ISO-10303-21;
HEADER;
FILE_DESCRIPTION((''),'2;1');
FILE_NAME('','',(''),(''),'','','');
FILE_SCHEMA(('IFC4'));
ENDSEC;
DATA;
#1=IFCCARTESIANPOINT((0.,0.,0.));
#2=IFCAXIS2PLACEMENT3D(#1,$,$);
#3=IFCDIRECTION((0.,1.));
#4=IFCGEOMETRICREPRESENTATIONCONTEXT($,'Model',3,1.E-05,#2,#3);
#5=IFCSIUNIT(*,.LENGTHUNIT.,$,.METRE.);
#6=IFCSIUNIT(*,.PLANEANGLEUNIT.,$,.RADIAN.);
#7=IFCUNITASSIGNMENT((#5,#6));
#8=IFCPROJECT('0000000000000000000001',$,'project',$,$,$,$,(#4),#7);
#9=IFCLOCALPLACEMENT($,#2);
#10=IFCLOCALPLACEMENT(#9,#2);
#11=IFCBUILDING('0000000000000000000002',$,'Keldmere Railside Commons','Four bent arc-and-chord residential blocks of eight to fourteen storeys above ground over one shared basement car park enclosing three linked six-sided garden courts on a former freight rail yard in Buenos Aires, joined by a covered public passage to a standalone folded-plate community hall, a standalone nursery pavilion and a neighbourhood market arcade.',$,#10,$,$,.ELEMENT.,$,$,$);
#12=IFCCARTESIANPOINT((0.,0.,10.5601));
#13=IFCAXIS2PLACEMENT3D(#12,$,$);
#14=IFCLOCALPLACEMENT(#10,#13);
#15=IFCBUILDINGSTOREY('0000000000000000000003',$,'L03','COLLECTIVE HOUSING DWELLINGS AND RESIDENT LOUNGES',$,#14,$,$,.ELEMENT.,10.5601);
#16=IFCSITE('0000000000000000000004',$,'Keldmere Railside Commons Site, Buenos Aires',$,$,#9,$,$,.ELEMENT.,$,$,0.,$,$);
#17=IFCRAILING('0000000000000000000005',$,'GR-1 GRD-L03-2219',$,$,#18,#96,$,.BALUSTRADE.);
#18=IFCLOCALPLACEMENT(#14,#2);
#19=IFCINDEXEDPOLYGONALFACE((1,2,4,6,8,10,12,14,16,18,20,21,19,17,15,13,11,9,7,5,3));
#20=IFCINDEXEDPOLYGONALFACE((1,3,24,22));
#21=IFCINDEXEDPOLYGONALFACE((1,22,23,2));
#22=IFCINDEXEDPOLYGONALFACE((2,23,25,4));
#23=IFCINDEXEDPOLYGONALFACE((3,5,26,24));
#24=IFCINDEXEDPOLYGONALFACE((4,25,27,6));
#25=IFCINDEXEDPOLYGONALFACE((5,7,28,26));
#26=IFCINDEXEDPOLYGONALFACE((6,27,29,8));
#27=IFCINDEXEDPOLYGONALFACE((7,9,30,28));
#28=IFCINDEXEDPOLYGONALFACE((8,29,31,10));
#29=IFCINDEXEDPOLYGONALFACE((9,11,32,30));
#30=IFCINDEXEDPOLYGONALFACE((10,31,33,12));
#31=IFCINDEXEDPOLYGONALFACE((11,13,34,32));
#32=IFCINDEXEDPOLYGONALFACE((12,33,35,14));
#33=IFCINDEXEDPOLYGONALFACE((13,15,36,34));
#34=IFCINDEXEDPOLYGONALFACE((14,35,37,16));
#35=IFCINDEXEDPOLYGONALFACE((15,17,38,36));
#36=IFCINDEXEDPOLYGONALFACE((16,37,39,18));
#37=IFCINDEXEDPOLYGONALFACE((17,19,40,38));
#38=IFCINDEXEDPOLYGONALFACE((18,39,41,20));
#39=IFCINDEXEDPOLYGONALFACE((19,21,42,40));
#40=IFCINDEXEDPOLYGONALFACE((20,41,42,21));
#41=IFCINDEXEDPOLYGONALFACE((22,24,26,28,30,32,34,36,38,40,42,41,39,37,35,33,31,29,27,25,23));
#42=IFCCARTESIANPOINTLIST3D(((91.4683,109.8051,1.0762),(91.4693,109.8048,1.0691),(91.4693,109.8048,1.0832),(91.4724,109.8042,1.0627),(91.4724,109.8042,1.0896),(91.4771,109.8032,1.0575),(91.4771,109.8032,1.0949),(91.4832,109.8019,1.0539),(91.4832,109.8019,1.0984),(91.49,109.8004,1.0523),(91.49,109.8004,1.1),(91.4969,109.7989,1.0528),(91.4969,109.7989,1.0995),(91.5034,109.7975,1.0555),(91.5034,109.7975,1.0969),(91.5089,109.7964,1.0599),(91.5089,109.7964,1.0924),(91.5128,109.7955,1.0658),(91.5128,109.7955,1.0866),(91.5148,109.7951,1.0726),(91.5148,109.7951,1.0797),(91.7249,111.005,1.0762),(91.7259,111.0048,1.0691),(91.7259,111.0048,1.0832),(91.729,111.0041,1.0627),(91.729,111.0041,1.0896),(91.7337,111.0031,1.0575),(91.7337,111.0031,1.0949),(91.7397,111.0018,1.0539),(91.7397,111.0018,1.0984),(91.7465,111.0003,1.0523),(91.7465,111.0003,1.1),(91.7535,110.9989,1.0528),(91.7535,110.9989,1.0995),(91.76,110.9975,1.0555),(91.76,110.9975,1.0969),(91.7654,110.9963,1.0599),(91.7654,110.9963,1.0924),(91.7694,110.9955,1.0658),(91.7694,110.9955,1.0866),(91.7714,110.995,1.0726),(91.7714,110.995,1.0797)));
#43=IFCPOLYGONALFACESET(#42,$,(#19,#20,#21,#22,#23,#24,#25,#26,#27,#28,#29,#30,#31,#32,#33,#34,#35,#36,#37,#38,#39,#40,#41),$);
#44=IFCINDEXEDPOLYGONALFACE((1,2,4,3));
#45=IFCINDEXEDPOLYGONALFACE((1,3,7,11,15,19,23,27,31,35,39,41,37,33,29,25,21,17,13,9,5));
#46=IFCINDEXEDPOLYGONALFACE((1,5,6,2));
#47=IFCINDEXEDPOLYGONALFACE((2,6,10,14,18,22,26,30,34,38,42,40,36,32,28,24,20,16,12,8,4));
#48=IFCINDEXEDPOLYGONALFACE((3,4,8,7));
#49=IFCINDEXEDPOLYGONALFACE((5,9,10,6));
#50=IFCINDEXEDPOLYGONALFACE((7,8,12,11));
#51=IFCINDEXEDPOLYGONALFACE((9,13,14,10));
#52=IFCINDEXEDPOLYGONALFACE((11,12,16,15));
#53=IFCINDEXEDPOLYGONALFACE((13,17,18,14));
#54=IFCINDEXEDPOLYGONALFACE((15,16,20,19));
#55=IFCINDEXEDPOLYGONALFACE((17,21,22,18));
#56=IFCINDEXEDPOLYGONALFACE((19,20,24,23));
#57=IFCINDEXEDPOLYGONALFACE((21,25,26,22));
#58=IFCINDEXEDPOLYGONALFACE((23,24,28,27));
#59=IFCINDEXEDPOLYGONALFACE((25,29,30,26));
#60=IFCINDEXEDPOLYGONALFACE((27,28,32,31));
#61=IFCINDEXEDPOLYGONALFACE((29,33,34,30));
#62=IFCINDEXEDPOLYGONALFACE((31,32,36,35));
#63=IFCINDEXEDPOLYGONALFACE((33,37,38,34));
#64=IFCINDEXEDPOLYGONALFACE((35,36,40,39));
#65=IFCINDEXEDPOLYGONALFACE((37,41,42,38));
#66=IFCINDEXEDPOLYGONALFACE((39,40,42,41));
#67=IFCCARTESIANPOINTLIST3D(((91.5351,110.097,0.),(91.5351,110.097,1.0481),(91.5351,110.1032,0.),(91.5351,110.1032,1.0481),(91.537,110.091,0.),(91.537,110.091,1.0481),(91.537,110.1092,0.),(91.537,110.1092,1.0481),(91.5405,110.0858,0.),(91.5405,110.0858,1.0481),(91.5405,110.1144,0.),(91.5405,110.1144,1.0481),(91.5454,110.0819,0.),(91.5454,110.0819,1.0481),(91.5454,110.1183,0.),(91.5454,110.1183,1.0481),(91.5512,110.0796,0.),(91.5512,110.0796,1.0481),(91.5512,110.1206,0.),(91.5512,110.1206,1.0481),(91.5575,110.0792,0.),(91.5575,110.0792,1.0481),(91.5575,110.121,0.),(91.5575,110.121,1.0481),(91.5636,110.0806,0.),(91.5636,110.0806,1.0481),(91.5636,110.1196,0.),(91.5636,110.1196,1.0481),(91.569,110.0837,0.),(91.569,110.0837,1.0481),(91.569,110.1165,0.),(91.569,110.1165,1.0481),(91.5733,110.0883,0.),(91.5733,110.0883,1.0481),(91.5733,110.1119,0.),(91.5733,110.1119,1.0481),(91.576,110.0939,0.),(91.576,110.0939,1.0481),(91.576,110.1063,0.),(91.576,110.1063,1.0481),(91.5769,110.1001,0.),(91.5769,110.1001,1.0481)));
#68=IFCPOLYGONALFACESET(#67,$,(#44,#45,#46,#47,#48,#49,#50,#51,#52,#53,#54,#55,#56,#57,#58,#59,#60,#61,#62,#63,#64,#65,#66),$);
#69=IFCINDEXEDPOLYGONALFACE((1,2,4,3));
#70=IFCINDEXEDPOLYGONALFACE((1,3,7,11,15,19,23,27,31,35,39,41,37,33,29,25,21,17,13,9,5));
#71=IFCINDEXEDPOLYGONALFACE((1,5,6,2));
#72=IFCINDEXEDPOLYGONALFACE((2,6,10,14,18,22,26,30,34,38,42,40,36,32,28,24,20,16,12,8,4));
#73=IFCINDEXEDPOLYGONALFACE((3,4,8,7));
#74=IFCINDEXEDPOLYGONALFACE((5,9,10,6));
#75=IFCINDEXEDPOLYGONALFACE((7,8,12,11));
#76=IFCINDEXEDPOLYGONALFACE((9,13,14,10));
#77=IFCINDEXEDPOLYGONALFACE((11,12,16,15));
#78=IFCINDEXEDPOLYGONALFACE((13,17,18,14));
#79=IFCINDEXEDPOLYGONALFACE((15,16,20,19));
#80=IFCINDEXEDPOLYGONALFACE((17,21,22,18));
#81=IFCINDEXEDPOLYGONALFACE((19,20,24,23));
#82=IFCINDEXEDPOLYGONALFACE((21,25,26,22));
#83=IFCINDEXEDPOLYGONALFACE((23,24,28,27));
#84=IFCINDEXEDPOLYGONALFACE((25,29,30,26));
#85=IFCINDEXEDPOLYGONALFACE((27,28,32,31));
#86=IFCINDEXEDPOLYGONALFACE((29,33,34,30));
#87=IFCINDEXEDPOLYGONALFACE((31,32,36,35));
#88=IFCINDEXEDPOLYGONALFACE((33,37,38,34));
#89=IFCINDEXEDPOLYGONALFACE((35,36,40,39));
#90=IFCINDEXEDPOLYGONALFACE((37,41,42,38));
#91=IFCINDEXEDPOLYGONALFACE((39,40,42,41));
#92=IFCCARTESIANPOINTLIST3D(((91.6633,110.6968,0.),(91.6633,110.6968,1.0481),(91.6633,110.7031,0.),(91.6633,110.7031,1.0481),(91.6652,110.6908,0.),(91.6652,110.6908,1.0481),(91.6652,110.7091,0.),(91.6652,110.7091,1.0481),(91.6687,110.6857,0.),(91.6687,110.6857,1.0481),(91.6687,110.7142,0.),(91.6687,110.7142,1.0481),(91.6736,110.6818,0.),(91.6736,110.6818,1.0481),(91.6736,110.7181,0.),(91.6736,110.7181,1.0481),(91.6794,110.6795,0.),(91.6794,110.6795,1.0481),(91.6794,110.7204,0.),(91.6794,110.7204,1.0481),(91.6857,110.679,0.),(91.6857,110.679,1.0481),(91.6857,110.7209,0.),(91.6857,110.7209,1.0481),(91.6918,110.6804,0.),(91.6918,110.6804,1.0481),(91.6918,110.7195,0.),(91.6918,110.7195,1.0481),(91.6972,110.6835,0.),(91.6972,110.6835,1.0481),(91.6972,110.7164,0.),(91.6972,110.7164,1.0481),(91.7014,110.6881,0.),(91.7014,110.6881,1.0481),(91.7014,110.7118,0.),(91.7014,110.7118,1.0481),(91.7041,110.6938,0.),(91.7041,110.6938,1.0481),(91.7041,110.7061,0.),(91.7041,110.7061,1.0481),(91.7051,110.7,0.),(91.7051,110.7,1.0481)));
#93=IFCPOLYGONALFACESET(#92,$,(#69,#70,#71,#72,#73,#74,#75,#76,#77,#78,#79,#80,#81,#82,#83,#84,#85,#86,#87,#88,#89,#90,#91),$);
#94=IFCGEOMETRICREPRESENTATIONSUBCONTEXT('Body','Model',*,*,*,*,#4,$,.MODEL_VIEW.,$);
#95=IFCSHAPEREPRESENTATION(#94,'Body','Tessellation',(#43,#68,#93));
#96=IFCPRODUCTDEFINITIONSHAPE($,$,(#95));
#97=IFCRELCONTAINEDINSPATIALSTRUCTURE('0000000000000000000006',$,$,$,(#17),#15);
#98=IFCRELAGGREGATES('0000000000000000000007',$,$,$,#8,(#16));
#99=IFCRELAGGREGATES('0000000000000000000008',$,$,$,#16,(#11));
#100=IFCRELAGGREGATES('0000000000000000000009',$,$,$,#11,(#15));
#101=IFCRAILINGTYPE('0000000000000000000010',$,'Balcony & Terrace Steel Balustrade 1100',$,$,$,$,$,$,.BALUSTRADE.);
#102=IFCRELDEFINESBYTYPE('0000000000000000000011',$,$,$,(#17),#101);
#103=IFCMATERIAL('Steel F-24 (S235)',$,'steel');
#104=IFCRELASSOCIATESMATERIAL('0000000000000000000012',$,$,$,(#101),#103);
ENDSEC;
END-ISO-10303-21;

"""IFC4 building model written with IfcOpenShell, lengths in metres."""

from ifc_helpers import new_model, si_unit, direction, frame, origin, origin_2d, place, context, subcontext, project, spatial, circle, extrude, material, type_object, element, save


model = new_model("IFC4")

# Units and contexts
model_context = context("Model", 3, precision=1e-05, world=origin(), true_north=direction((0.0, 1.0)))
body_context = subcontext(model_context, "Body", "Model", "MODEL_VIEW")
ifc_project = project(units=[si_unit("LENGTHUNIT", "METRE"), si_unit("PLANEANGLEUNIT", "RADIAN")], contexts=[model_context])

# Site, building, storey
site_placement = place(None, origin())
site = spatial("IfcSite", under=ifc_project, at=site_placement, Name="Keldmere Railside Commons Site, Buenos Aires", CompositionType="ELEMENT", RefElevation=0.0)
building_placement = place(site_placement, origin())
building = spatial("IfcBuilding", under=site, at=building_placement, Name="Keldmere Railside Commons", Description="Four bent arc-and-chord residential blocks of eight to fourteen storeys above ground over one shared basement car park enclosing three linked six-sided garden courts on a former freight rail yard in Buenos Aires, joined by a covered public passage to a standalone folded-plate community hall, a standalone nursery pavilion and a neighbourhood market arcade.", CompositionType="ELEMENT")
storey_placement = place(building_placement, frame((0.0, 0.0, 10.5601)))
storey = spatial("IfcBuildingStorey", under=building, at=storey_placement, Name="L03", Description="COLLECTIVE HOUSING DWELLINGS AND RESIDENT LOUNGES", CompositionType="ELEMENT", Elevation=10.5601)

# Railing
ifc_material_1 = material(Name="Steel F-24 (S235)", Category="steel")
railing_type = type_object("IfcRailingType", Name="Balcony & Terrace Steel Balustrade 1100", PredefinedType="BALUSTRADE", material=ifc_material_1)
railing_1_placement = place(storey_placement, frame((91.4917, 109.8, 0.0)))
element("IfcRailing", 1, at=railing_1_placement, inside=storey, type_object=railing_type, Name="GR-1 GRD-L03-2219", PredefinedType="BALUSTRADE", context=body_context, shape_type="SweptSolid", body=[
    extrude(circle(Radius=0.0239, at=origin_2d()), frame((0.0, 0.0, 1.0762), z_axis=(0.209108, 0.977893, 0.0), x_axis=(-0.977893, 0.209108, 0.0)), (0.0, 0.0, 1.0), 1.2271),
    extrude(circle(Radius=0.021, at=origin_2d()), frame((0.0642, 0.3, 0.0)), (0.0, 0.0, 1.0), 1.0481),
    extrude(circle(Radius=0.021, at=origin_2d()), frame((0.1924, 0.8999, 0.0)), (0.0, 0.0, 1.0), 1.0481),
])

save(model, "model.ifc")
